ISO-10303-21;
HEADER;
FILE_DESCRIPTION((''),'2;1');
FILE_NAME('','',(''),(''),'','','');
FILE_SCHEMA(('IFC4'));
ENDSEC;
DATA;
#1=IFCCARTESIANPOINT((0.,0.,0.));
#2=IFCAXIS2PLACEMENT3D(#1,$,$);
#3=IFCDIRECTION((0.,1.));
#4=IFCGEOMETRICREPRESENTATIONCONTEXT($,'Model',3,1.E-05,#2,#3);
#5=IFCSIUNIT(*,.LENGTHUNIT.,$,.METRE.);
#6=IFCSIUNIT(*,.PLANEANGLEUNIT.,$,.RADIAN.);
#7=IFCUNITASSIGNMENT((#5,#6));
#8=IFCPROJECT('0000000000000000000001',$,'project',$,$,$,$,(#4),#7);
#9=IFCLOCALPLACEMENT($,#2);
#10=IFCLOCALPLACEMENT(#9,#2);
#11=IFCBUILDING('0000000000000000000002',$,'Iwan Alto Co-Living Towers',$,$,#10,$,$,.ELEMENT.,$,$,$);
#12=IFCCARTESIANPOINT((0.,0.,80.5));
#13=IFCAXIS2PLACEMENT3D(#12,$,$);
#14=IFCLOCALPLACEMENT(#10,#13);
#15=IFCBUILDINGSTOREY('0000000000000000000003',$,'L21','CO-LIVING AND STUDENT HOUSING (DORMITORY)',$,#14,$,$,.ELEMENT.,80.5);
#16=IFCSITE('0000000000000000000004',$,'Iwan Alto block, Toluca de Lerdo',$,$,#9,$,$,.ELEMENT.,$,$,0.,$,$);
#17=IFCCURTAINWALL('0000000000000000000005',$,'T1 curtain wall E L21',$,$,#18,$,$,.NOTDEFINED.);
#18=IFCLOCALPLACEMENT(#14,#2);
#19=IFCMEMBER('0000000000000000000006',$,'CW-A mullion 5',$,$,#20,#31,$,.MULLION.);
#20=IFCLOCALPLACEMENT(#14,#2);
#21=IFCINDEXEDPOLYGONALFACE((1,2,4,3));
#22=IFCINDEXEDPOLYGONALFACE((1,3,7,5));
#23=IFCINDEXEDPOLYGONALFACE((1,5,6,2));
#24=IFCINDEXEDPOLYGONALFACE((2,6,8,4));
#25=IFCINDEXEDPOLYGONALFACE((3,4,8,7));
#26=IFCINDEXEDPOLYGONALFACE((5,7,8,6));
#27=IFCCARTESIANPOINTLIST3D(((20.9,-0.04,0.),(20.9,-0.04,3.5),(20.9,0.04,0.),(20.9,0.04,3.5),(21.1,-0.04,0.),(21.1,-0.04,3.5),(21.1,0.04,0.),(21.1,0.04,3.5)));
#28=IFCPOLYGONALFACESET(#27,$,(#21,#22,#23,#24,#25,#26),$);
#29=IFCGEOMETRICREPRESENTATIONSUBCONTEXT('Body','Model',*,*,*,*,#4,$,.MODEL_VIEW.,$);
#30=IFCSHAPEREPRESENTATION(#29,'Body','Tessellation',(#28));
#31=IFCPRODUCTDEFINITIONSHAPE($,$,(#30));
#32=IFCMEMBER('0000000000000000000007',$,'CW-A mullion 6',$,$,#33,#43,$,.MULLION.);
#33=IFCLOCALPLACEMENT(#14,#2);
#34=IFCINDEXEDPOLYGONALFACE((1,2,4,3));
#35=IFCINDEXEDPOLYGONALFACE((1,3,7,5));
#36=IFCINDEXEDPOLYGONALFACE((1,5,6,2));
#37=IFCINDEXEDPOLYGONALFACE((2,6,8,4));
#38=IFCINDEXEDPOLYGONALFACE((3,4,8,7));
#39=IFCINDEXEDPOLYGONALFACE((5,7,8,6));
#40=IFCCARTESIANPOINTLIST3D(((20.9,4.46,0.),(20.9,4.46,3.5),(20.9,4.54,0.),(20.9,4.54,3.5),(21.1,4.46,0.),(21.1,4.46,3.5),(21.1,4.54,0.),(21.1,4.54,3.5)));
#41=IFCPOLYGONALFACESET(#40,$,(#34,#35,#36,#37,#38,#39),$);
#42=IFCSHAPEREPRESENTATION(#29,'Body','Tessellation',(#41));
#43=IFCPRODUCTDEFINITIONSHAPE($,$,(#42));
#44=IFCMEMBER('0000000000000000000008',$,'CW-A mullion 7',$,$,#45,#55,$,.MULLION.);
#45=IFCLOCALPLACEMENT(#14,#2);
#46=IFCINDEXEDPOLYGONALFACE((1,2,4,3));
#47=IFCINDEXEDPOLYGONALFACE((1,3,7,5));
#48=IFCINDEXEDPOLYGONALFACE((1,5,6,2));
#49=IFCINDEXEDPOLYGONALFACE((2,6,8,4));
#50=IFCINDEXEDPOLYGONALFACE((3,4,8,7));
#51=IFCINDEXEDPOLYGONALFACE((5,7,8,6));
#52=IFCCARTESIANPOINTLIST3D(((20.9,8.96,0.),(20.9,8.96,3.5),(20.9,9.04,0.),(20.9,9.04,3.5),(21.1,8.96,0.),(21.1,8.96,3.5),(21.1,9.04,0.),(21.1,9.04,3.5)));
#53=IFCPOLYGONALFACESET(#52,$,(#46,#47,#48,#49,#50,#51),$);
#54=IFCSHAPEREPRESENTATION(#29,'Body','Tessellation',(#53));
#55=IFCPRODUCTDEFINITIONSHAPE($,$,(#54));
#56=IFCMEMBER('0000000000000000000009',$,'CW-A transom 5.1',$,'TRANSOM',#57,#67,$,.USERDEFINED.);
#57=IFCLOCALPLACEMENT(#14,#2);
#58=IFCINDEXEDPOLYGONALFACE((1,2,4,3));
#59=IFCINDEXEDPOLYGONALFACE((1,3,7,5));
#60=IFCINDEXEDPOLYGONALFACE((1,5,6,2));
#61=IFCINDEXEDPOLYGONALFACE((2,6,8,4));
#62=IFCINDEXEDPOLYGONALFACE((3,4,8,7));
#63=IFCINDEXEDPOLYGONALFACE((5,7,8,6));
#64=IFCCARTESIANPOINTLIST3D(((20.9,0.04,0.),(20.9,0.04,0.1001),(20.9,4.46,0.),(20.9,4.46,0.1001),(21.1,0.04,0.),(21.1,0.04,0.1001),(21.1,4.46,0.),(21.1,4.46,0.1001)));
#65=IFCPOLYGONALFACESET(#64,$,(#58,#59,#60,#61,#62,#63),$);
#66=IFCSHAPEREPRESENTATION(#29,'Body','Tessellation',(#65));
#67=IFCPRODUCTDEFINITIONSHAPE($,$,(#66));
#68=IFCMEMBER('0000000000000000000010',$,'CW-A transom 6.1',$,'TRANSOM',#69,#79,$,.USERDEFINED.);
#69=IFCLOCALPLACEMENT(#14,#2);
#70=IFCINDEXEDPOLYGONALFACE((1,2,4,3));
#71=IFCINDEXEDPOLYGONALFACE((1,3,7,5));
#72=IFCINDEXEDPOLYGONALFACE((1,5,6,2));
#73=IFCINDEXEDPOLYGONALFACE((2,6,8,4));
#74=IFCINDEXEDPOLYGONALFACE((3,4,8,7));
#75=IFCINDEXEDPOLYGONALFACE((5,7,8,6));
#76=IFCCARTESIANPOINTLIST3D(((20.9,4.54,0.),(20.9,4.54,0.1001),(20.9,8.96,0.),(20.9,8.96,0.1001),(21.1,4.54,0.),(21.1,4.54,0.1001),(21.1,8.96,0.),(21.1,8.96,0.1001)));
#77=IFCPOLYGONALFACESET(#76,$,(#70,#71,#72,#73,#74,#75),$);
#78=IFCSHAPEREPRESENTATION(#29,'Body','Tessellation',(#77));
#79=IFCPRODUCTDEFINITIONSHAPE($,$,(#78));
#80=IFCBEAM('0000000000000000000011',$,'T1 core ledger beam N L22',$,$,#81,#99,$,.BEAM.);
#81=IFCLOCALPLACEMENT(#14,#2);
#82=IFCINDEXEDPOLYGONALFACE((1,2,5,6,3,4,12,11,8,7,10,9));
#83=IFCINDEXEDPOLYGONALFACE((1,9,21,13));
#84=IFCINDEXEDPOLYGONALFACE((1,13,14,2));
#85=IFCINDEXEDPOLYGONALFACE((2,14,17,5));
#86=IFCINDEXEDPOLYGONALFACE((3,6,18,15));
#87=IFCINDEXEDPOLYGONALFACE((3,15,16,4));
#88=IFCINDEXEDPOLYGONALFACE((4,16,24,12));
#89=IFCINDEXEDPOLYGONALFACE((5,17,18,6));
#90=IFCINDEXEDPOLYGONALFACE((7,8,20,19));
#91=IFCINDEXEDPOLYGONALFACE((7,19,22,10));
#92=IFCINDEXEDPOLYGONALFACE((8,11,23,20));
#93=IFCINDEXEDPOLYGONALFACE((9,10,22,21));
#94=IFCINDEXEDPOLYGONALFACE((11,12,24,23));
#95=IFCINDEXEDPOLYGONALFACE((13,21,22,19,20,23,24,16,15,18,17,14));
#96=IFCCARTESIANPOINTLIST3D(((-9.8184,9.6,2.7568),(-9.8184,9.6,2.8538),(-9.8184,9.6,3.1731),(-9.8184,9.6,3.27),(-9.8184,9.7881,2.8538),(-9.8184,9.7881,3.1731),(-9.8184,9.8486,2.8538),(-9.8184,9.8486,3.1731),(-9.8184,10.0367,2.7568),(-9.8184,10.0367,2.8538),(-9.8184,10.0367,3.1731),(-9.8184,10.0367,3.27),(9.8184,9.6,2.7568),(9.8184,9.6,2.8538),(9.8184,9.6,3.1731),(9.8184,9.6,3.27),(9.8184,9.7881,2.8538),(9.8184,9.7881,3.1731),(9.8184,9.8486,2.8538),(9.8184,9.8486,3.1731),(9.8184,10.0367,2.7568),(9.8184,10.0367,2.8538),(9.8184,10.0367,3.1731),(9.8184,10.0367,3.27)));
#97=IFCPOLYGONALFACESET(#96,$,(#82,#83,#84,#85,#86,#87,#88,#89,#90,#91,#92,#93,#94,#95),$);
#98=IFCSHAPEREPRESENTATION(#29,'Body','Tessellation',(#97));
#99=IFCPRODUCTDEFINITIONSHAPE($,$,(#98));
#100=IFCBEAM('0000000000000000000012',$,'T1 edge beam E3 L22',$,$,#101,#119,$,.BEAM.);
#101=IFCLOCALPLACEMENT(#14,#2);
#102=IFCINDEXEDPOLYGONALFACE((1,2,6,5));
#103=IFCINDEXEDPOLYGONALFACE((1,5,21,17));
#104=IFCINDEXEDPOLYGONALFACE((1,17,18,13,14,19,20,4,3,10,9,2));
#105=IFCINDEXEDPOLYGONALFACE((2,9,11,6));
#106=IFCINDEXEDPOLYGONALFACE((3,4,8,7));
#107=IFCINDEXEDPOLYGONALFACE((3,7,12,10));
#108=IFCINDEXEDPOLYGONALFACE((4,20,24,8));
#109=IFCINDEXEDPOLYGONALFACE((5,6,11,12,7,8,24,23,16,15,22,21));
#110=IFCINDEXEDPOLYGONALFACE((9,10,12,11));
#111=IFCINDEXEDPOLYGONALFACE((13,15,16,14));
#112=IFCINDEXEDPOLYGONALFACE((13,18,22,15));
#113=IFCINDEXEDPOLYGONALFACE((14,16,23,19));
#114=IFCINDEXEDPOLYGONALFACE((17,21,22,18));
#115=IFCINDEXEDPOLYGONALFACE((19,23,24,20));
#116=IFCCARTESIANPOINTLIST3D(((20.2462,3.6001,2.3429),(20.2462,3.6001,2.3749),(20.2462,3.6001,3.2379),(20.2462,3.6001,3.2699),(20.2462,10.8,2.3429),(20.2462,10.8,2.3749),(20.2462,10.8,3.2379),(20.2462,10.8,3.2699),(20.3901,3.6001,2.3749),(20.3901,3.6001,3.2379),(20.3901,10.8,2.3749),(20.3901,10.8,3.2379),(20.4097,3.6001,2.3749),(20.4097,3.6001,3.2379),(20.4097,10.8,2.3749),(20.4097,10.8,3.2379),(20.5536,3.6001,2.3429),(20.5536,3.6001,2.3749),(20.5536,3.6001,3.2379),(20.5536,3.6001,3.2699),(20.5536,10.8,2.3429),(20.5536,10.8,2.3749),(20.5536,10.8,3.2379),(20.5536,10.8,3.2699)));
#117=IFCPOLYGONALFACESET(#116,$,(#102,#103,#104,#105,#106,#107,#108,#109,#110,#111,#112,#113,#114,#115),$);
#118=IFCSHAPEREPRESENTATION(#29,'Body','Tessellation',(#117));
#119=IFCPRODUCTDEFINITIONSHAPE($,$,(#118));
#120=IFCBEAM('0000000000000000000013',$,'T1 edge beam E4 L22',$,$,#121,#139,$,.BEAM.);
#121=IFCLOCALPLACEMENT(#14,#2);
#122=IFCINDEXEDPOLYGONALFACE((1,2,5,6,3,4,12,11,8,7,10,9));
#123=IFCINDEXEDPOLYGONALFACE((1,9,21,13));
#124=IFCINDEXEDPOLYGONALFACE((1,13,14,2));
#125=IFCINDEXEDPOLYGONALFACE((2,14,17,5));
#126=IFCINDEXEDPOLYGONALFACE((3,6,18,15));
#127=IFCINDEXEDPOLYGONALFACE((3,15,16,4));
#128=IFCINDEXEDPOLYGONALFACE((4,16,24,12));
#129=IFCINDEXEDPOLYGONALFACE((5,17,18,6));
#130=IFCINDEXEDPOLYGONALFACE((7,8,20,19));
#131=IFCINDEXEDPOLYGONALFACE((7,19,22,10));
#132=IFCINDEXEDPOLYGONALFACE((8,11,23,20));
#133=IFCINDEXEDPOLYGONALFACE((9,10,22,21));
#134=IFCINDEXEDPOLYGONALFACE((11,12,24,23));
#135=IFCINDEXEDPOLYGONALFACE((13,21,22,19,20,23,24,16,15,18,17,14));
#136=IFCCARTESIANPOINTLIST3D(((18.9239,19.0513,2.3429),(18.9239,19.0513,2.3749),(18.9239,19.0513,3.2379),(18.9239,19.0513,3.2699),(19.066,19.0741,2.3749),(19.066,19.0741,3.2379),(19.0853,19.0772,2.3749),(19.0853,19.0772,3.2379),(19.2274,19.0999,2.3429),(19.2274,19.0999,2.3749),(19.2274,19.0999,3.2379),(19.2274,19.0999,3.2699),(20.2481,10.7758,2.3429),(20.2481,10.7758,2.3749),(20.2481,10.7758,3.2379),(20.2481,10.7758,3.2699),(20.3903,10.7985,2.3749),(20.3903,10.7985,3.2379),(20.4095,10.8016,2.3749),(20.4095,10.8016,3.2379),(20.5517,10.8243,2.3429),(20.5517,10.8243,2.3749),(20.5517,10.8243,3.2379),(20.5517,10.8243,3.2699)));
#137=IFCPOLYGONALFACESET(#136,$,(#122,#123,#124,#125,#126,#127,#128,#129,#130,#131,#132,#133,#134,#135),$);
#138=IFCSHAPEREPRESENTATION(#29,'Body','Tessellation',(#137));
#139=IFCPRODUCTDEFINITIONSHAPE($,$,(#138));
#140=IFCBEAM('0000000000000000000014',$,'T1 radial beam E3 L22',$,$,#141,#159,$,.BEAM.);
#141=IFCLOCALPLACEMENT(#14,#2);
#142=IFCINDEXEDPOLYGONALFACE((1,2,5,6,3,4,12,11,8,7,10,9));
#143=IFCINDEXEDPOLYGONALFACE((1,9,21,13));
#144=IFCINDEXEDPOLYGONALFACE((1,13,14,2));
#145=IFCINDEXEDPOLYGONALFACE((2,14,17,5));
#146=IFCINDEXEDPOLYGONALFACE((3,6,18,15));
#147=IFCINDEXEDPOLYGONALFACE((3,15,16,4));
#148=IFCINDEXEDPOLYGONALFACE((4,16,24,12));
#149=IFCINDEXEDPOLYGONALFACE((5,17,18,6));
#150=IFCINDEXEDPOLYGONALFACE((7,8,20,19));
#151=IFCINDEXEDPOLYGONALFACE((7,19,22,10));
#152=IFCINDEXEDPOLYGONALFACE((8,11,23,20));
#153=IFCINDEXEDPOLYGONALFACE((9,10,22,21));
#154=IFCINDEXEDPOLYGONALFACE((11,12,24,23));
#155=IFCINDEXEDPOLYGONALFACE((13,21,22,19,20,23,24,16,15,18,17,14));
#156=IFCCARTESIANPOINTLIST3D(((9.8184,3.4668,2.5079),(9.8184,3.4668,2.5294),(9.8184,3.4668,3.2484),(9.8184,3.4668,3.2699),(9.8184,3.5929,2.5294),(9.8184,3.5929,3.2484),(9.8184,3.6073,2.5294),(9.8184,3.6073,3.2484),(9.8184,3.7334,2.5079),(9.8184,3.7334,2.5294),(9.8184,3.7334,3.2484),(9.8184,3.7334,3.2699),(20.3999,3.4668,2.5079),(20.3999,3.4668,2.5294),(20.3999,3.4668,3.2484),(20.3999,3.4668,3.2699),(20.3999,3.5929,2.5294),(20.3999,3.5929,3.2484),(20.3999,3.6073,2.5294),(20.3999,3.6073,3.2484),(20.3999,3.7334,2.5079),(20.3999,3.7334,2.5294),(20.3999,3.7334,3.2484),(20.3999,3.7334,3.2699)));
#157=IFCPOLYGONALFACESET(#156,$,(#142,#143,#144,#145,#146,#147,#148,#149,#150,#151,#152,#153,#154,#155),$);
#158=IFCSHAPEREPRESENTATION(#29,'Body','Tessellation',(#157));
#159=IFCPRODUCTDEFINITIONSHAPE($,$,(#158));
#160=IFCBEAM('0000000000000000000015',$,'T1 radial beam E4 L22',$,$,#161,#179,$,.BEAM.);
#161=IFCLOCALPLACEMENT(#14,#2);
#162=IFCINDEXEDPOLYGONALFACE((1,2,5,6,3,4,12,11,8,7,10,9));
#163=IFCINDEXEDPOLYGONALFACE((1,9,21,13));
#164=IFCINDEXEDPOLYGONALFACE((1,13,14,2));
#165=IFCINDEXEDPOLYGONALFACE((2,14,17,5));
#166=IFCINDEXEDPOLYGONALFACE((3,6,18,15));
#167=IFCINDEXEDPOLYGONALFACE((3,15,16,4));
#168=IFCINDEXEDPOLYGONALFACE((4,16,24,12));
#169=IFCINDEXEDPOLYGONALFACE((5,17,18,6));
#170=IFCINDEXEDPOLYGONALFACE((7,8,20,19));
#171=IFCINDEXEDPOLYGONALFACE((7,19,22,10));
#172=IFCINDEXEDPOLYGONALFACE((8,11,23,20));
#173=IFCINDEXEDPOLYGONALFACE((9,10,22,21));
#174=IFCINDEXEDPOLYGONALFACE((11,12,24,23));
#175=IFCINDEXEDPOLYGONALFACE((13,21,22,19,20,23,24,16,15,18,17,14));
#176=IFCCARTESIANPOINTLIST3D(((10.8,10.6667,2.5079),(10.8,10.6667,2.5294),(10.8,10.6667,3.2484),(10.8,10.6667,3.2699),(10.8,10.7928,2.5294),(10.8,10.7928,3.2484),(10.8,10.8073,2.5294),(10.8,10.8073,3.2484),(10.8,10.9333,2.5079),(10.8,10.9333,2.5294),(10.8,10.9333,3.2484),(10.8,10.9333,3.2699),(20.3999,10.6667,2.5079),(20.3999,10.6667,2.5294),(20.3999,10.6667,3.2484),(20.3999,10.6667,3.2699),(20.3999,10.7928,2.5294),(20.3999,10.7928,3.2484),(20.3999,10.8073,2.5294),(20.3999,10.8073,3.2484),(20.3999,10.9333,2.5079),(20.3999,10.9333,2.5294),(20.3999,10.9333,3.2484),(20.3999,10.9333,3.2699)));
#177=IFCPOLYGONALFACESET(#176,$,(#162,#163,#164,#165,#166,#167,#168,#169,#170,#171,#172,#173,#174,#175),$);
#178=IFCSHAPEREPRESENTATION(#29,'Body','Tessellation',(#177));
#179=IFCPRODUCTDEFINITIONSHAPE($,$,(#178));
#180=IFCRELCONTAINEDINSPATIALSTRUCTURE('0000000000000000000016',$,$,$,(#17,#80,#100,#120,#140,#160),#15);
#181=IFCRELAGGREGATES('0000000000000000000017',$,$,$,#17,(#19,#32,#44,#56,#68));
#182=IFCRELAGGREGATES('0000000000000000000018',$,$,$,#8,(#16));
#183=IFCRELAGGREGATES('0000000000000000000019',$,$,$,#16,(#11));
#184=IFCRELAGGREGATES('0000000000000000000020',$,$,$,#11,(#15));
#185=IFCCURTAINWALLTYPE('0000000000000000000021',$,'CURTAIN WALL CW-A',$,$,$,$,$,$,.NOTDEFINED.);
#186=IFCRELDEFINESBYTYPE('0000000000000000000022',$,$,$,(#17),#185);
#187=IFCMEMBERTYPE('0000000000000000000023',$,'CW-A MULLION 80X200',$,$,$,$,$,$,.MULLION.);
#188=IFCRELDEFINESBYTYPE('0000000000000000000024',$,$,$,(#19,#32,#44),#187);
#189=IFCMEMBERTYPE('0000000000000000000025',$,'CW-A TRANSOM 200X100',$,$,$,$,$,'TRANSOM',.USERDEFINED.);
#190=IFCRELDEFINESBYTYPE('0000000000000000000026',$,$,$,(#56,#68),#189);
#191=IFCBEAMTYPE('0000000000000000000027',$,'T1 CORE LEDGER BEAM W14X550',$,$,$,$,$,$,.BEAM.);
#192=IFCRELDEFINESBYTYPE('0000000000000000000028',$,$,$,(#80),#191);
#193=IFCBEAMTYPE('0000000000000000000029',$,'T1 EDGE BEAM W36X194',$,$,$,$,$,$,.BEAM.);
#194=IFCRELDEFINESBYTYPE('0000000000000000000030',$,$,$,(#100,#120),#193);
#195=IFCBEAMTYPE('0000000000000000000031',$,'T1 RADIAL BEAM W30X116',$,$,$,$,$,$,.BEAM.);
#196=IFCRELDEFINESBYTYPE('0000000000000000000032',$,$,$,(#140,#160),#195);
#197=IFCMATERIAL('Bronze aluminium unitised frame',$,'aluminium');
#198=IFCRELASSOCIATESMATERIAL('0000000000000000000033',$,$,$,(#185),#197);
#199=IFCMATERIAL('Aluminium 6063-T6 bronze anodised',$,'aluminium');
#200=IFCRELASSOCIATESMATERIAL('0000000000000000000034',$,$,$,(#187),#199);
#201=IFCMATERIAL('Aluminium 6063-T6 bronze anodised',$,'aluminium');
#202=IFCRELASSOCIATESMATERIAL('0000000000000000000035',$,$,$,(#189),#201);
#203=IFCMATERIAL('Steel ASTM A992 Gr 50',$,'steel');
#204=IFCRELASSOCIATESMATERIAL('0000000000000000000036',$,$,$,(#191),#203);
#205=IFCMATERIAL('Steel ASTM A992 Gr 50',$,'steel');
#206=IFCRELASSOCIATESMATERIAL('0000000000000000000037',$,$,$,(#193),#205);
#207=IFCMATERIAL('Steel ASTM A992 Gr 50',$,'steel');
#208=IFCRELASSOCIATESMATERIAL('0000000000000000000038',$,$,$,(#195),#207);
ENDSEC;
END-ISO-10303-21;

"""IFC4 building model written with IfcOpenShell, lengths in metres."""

from ifc_helpers import new_model, si_unit, direction, frame, origin, origin_2d, place, context, subcontext, project, spatial, rectangle, i_section, extrude, material, material_profile, profile_set, type_object, element, aggregate, save


model = new_model("IFC4")

# Units and contexts
model_context = context("Model", 3, precision=1e-05, world=origin(), true_north=direction((0.0, 1.0)))
body_context = subcontext(model_context, "Body", "Model", "MODEL_VIEW")
ifc_project = project(units=[si_unit("LENGTHUNIT", "METRE"), si_unit("PLANEANGLEUNIT", "RADIAN")], contexts=[model_context])

# Site, building, storey
site_placement = place(None, origin())
site = spatial("IfcSite", under=ifc_project, at=site_placement, Name="Iwan Alto block, Toluca de Lerdo", CompositionType="ELEMENT", RefElevation=0.0)
building_placement = place(site_placement, origin())
building = spatial("IfcBuilding", under=site, at=building_placement, Name="Iwan Alto Co-Living Towers", CompositionType="ELEMENT")
storey_placement = place(building_placement, frame((0.0, 0.0, 80.5)))
storey = spatial("IfcBuildingStorey", under=building, at=storey_placement, Name="L21", Description="CO-LIVING AND STUDENT HOUSING (DORMITORY)", CompositionType="ELEMENT", Elevation=80.5)

# Curtain wall, members
ifc_material_1 = material(Name="Bronze aluminium unitised frame", Category="aluminium")
curtain_wall_type = type_object("IfcCurtainWallType", Name="CURTAIN WALL CW-A", PredefinedType="NOTDEFINED", material=ifc_material_1)
curtain_wall_placement = place(storey_placement, origin())
curtain_wall = element("IfcCurtainWall", 1, at=curtain_wall_placement, inside=storey, type_object=curtain_wall_type, Name="T1 curtain wall E L21", PredefinedType="NOTDEFINED")
ifc_material_2 = material(Name="Aluminium 6063-T6 bronze anodised", Category="aluminium")
ifc_material_profile_1 = material_profile(ifc_material_2, rectangle(XDim=0.2, YDim=0.0801, at=origin_2d()), Name="AL 80X200")
ifc_profile_set_1 = profile_set([ifc_material_profile_1], Name="Aluminium 6063-T6 bronze anodised")
member_type_1 = type_object("IfcMemberType", Name="CW-A MULLION 80X200", PredefinedType="MULLION", material=ifc_profile_set_1)
member_1_placement = place(storey_placement, frame((21.0, 0.0, 0.0), z_axis=(0.0, 0.0, 1.0), x_axis=(-1.0, 0.0, 0.0)))
member_1 = element("IfcMember", 2, at=member_1_placement, type_object=member_type_1, Name="CW-A mullion 5", PredefinedType="MULLION", context=body_context, shape_type="SweptSolid", body=[
    extrude(rectangle(XDim=0.2, YDim=0.0801, at=origin_2d()), origin(), (0.0, 0.0, 1.0), 3.5),
])
member_2_placement = place(storey_placement, frame((21.0, 4.5, 0.0), z_axis=(0.0, 0.0, 1.0), x_axis=(-1.0, 0.0, 0.0)))
member_2 = element("IfcMember", 3, at=member_2_placement, type_object=member_type_1, Name="CW-A mullion 6", PredefinedType="MULLION", context=body_context, shape_type="SweptSolid", body=[
    extrude(rectangle(XDim=0.2, YDim=0.0801, at=origin_2d()), origin(), (0.0, 0.0, 1.0), 3.5),
])
member_3_placement = place(storey_placement, frame((21.0, 9.0, 0.0), z_axis=(0.0, 0.0, 1.0), x_axis=(-1.0, 0.0, 0.0)))
member_3 = element("IfcMember", 4, at=member_3_placement, type_object=member_type_1, Name="CW-A mullion 7", PredefinedType="MULLION", context=body_context, shape_type="SweptSolid", body=[
    extrude(rectangle(XDim=0.2, YDim=0.0801, at=origin_2d()), origin(), (0.0, 0.0, 1.0), 3.5),
])
ifc_material_3 = material(Name="Aluminium 6063-T6 bronze anodised", Category="aluminium")
ifc_material_profile_2 = material_profile(ifc_material_3, rectangle(XDim=0.2, YDim=0.1001, at=origin_2d()), Name="AL 200X100")
ifc_profile_set_2 = profile_set([ifc_material_profile_2], Name="Aluminium 6063-T6 bronze anodised")
member_type_2 = type_object("IfcMemberType", Name="CW-A TRANSOM 200X100", ElementType="TRANSOM", PredefinedType="USERDEFINED", material=ifc_profile_set_2)
member_4_placement = place(storey_placement, frame((21.0, 0.04, 0.05), z_axis=(0.0, 1.0, 0.0), x_axis=(-1.0, 0.0, 0.0)))
member_4 = element("IfcMember", 5, at=member_4_placement, type_object=member_type_2, Name="CW-A transom 5.1", ObjectType="TRANSOM", PredefinedType="USERDEFINED", context=body_context, shape_type="SweptSolid", body=[
    extrude(rectangle(XDim=0.2, YDim=0.1001, at=origin_2d()), origin(), (0.0, 0.0, 1.0), 4.4199),
])
member_5_placement = place(storey_placement, frame((21.0, 4.54, 0.05), z_axis=(0.0, 1.0, 0.0), x_axis=(-1.0, 0.0, 0.0)))
member_5 = element("IfcMember", 6, at=member_5_placement, type_object=member_type_2, Name="CW-A transom 6.1", ObjectType="TRANSOM", PredefinedType="USERDEFINED", context=body_context, shape_type="SweptSolid", body=[
    extrude(rectangle(XDim=0.2, YDim=0.1001, at=origin_2d()), origin(), (0.0, 0.0, 1.0), 4.4199),
])

# Beams
ifc_material_4 = material(Name="Steel ASTM A992 Gr 50", Category="steel")
ifc_material_profile_3 = material_profile(ifc_material_4, i_section(OverallWidth=0.4368, OverallDepth=0.5132, WebThickness=0.0605, FlangeThickness=0.0969, at=origin_2d()), Name="W14X550")
ifc_profile_set_3 = profile_set([ifc_material_profile_3], Name="Steel ASTM A992 Gr 50")
beam_type_1 = type_object("IfcBeamType", Name="T1 CORE LEDGER BEAM W14X550", PredefinedType="BEAM", material=ifc_profile_set_3)
beam_1_placement = place(storey_placement, frame((9.8184, 9.8184, 3.0134), z_axis=(-1.0, 0.0, 0.0), x_axis=(0.0, -1.0, 0.0)))
element("IfcBeam", 7, at=beam_1_placement, inside=storey, type_object=beam_type_1, Name="T1 core ledger beam N L22", PredefinedType="BEAM", context=body_context, shape_type="SweptSolid", body=[
    extrude(i_section(OverallWidth=0.4368, OverallDepth=0.5132, WebThickness=0.0605, FlangeThickness=0.0969, at=origin_2d()), origin(), (0.0, 0.0, 1.0), 19.6367),
])
ifc_material_5 = material(Name="Steel ASTM A992 Gr 50", Category="steel")
ifc_material_profile_4 = material_profile(ifc_material_5, i_section(OverallWidth=0.3074, OverallDepth=0.927, WebThickness=0.0195, FlangeThickness=0.032, at=origin_2d()), Name="W36X194")
ifc_profile_set_4 = profile_set([ifc_material_profile_4], Name="Steel ASTM A992 Gr 50")
beam_type_2 = type_object("IfcBeamType", Name="T1 EDGE BEAM W36X194", PredefinedType="BEAM", material=ifc_profile_set_4)
beam_2_placement = place(storey_placement, frame((20.3999, 3.6001, 2.8064), z_axis=(0.0, 1.0, 0.0), x_axis=(-1.0, 0.0, 0.0)))
element("IfcBeam", 8, at=beam_2_placement, inside=storey, type_object=beam_type_2, Name="T1 edge beam E3 L22", PredefinedType="BEAM", context=body_context, shape_type="SweptSolid", body=[
    extrude(i_section(OverallWidth=0.3074, OverallDepth=0.927, WebThickness=0.0195, FlangeThickness=0.032, at=origin_2d()), origin(), (0.0, 0.0, 1.0), 7.2),
])
beam_3_placement = place(storey_placement, frame((20.3999, 10.8, 2.8064), z_axis=(-0.158004, 0.987438, 0.0), x_axis=(-0.987438, -0.158004, 0.0)))
element("IfcBeam", 9, at=beam_3_placement, inside=storey, type_object=beam_type_2, Name="T1 edge beam E4 L22", PredefinedType="BEAM", context=body_context, shape_type="SweptSolid", body=[
    extrude(i_section(OverallWidth=0.3074, OverallDepth=0.927, WebThickness=0.0195, FlangeThickness=0.032, at=origin_2d()), origin(), (0.0, 0.0, 1.0), 8.3809),
])
ifc_material_6 = material(Name="Steel ASTM A992 Gr 50", Category="steel")
ifc_material_profile_5 = material_profile(ifc_material_6, i_section(OverallWidth=0.2666, OverallDepth=0.762, WebThickness=0.0144, FlangeThickness=0.0215, at=origin_2d()), Name="W30X116")
ifc_profile_set_5 = profile_set([ifc_material_profile_5], Name="Steel ASTM A992 Gr 50")
beam_type_3 = type_object("IfcBeamType", Name="T1 RADIAL BEAM W30X116", PredefinedType="BEAM", material=ifc_profile_set_5)
beam_4_placement = place(storey_placement, frame((20.3999, 3.6001, 2.8889), z_axis=(-1.0, 0.0, 0.0), x_axis=(0.0, -1.0, 0.0)))
element("IfcBeam", 10, at=beam_4_placement, inside=storey, type_object=beam_type_3, Name="T1 radial beam E3 L22", PredefinedType="BEAM", context=body_context, shape_type="SweptSolid", body=[
    extrude(i_section(OverallWidth=0.2666, OverallDepth=0.762, WebThickness=0.0144, FlangeThickness=0.0215, at=origin_2d()), origin(), (0.0, 0.0, 1.0), 10.5815),
])
beam_5_placement = place(storey_placement, frame((20.3999, 10.8, 2.8889), z_axis=(-1.0, 0.0, 0.0), x_axis=(0.0, -1.0, 0.0)))
element("IfcBeam", 11, at=beam_5_placement, inside=storey, type_object=beam_type_3, Name="T1 radial beam E4 L22", PredefinedType="BEAM", context=body_context, shape_type="SweptSolid", body=[
    extrude(i_section(OverallWidth=0.2666, OverallDepth=0.762, WebThickness=0.0144, FlangeThickness=0.0215, at=origin_2d()), origin(), (0.0, 0.0, 1.0), 9.5999),
])

aggregate(curtain_wall, [member_1, member_2, member_3, member_4, member_5])

save(model, "model.ifc")
